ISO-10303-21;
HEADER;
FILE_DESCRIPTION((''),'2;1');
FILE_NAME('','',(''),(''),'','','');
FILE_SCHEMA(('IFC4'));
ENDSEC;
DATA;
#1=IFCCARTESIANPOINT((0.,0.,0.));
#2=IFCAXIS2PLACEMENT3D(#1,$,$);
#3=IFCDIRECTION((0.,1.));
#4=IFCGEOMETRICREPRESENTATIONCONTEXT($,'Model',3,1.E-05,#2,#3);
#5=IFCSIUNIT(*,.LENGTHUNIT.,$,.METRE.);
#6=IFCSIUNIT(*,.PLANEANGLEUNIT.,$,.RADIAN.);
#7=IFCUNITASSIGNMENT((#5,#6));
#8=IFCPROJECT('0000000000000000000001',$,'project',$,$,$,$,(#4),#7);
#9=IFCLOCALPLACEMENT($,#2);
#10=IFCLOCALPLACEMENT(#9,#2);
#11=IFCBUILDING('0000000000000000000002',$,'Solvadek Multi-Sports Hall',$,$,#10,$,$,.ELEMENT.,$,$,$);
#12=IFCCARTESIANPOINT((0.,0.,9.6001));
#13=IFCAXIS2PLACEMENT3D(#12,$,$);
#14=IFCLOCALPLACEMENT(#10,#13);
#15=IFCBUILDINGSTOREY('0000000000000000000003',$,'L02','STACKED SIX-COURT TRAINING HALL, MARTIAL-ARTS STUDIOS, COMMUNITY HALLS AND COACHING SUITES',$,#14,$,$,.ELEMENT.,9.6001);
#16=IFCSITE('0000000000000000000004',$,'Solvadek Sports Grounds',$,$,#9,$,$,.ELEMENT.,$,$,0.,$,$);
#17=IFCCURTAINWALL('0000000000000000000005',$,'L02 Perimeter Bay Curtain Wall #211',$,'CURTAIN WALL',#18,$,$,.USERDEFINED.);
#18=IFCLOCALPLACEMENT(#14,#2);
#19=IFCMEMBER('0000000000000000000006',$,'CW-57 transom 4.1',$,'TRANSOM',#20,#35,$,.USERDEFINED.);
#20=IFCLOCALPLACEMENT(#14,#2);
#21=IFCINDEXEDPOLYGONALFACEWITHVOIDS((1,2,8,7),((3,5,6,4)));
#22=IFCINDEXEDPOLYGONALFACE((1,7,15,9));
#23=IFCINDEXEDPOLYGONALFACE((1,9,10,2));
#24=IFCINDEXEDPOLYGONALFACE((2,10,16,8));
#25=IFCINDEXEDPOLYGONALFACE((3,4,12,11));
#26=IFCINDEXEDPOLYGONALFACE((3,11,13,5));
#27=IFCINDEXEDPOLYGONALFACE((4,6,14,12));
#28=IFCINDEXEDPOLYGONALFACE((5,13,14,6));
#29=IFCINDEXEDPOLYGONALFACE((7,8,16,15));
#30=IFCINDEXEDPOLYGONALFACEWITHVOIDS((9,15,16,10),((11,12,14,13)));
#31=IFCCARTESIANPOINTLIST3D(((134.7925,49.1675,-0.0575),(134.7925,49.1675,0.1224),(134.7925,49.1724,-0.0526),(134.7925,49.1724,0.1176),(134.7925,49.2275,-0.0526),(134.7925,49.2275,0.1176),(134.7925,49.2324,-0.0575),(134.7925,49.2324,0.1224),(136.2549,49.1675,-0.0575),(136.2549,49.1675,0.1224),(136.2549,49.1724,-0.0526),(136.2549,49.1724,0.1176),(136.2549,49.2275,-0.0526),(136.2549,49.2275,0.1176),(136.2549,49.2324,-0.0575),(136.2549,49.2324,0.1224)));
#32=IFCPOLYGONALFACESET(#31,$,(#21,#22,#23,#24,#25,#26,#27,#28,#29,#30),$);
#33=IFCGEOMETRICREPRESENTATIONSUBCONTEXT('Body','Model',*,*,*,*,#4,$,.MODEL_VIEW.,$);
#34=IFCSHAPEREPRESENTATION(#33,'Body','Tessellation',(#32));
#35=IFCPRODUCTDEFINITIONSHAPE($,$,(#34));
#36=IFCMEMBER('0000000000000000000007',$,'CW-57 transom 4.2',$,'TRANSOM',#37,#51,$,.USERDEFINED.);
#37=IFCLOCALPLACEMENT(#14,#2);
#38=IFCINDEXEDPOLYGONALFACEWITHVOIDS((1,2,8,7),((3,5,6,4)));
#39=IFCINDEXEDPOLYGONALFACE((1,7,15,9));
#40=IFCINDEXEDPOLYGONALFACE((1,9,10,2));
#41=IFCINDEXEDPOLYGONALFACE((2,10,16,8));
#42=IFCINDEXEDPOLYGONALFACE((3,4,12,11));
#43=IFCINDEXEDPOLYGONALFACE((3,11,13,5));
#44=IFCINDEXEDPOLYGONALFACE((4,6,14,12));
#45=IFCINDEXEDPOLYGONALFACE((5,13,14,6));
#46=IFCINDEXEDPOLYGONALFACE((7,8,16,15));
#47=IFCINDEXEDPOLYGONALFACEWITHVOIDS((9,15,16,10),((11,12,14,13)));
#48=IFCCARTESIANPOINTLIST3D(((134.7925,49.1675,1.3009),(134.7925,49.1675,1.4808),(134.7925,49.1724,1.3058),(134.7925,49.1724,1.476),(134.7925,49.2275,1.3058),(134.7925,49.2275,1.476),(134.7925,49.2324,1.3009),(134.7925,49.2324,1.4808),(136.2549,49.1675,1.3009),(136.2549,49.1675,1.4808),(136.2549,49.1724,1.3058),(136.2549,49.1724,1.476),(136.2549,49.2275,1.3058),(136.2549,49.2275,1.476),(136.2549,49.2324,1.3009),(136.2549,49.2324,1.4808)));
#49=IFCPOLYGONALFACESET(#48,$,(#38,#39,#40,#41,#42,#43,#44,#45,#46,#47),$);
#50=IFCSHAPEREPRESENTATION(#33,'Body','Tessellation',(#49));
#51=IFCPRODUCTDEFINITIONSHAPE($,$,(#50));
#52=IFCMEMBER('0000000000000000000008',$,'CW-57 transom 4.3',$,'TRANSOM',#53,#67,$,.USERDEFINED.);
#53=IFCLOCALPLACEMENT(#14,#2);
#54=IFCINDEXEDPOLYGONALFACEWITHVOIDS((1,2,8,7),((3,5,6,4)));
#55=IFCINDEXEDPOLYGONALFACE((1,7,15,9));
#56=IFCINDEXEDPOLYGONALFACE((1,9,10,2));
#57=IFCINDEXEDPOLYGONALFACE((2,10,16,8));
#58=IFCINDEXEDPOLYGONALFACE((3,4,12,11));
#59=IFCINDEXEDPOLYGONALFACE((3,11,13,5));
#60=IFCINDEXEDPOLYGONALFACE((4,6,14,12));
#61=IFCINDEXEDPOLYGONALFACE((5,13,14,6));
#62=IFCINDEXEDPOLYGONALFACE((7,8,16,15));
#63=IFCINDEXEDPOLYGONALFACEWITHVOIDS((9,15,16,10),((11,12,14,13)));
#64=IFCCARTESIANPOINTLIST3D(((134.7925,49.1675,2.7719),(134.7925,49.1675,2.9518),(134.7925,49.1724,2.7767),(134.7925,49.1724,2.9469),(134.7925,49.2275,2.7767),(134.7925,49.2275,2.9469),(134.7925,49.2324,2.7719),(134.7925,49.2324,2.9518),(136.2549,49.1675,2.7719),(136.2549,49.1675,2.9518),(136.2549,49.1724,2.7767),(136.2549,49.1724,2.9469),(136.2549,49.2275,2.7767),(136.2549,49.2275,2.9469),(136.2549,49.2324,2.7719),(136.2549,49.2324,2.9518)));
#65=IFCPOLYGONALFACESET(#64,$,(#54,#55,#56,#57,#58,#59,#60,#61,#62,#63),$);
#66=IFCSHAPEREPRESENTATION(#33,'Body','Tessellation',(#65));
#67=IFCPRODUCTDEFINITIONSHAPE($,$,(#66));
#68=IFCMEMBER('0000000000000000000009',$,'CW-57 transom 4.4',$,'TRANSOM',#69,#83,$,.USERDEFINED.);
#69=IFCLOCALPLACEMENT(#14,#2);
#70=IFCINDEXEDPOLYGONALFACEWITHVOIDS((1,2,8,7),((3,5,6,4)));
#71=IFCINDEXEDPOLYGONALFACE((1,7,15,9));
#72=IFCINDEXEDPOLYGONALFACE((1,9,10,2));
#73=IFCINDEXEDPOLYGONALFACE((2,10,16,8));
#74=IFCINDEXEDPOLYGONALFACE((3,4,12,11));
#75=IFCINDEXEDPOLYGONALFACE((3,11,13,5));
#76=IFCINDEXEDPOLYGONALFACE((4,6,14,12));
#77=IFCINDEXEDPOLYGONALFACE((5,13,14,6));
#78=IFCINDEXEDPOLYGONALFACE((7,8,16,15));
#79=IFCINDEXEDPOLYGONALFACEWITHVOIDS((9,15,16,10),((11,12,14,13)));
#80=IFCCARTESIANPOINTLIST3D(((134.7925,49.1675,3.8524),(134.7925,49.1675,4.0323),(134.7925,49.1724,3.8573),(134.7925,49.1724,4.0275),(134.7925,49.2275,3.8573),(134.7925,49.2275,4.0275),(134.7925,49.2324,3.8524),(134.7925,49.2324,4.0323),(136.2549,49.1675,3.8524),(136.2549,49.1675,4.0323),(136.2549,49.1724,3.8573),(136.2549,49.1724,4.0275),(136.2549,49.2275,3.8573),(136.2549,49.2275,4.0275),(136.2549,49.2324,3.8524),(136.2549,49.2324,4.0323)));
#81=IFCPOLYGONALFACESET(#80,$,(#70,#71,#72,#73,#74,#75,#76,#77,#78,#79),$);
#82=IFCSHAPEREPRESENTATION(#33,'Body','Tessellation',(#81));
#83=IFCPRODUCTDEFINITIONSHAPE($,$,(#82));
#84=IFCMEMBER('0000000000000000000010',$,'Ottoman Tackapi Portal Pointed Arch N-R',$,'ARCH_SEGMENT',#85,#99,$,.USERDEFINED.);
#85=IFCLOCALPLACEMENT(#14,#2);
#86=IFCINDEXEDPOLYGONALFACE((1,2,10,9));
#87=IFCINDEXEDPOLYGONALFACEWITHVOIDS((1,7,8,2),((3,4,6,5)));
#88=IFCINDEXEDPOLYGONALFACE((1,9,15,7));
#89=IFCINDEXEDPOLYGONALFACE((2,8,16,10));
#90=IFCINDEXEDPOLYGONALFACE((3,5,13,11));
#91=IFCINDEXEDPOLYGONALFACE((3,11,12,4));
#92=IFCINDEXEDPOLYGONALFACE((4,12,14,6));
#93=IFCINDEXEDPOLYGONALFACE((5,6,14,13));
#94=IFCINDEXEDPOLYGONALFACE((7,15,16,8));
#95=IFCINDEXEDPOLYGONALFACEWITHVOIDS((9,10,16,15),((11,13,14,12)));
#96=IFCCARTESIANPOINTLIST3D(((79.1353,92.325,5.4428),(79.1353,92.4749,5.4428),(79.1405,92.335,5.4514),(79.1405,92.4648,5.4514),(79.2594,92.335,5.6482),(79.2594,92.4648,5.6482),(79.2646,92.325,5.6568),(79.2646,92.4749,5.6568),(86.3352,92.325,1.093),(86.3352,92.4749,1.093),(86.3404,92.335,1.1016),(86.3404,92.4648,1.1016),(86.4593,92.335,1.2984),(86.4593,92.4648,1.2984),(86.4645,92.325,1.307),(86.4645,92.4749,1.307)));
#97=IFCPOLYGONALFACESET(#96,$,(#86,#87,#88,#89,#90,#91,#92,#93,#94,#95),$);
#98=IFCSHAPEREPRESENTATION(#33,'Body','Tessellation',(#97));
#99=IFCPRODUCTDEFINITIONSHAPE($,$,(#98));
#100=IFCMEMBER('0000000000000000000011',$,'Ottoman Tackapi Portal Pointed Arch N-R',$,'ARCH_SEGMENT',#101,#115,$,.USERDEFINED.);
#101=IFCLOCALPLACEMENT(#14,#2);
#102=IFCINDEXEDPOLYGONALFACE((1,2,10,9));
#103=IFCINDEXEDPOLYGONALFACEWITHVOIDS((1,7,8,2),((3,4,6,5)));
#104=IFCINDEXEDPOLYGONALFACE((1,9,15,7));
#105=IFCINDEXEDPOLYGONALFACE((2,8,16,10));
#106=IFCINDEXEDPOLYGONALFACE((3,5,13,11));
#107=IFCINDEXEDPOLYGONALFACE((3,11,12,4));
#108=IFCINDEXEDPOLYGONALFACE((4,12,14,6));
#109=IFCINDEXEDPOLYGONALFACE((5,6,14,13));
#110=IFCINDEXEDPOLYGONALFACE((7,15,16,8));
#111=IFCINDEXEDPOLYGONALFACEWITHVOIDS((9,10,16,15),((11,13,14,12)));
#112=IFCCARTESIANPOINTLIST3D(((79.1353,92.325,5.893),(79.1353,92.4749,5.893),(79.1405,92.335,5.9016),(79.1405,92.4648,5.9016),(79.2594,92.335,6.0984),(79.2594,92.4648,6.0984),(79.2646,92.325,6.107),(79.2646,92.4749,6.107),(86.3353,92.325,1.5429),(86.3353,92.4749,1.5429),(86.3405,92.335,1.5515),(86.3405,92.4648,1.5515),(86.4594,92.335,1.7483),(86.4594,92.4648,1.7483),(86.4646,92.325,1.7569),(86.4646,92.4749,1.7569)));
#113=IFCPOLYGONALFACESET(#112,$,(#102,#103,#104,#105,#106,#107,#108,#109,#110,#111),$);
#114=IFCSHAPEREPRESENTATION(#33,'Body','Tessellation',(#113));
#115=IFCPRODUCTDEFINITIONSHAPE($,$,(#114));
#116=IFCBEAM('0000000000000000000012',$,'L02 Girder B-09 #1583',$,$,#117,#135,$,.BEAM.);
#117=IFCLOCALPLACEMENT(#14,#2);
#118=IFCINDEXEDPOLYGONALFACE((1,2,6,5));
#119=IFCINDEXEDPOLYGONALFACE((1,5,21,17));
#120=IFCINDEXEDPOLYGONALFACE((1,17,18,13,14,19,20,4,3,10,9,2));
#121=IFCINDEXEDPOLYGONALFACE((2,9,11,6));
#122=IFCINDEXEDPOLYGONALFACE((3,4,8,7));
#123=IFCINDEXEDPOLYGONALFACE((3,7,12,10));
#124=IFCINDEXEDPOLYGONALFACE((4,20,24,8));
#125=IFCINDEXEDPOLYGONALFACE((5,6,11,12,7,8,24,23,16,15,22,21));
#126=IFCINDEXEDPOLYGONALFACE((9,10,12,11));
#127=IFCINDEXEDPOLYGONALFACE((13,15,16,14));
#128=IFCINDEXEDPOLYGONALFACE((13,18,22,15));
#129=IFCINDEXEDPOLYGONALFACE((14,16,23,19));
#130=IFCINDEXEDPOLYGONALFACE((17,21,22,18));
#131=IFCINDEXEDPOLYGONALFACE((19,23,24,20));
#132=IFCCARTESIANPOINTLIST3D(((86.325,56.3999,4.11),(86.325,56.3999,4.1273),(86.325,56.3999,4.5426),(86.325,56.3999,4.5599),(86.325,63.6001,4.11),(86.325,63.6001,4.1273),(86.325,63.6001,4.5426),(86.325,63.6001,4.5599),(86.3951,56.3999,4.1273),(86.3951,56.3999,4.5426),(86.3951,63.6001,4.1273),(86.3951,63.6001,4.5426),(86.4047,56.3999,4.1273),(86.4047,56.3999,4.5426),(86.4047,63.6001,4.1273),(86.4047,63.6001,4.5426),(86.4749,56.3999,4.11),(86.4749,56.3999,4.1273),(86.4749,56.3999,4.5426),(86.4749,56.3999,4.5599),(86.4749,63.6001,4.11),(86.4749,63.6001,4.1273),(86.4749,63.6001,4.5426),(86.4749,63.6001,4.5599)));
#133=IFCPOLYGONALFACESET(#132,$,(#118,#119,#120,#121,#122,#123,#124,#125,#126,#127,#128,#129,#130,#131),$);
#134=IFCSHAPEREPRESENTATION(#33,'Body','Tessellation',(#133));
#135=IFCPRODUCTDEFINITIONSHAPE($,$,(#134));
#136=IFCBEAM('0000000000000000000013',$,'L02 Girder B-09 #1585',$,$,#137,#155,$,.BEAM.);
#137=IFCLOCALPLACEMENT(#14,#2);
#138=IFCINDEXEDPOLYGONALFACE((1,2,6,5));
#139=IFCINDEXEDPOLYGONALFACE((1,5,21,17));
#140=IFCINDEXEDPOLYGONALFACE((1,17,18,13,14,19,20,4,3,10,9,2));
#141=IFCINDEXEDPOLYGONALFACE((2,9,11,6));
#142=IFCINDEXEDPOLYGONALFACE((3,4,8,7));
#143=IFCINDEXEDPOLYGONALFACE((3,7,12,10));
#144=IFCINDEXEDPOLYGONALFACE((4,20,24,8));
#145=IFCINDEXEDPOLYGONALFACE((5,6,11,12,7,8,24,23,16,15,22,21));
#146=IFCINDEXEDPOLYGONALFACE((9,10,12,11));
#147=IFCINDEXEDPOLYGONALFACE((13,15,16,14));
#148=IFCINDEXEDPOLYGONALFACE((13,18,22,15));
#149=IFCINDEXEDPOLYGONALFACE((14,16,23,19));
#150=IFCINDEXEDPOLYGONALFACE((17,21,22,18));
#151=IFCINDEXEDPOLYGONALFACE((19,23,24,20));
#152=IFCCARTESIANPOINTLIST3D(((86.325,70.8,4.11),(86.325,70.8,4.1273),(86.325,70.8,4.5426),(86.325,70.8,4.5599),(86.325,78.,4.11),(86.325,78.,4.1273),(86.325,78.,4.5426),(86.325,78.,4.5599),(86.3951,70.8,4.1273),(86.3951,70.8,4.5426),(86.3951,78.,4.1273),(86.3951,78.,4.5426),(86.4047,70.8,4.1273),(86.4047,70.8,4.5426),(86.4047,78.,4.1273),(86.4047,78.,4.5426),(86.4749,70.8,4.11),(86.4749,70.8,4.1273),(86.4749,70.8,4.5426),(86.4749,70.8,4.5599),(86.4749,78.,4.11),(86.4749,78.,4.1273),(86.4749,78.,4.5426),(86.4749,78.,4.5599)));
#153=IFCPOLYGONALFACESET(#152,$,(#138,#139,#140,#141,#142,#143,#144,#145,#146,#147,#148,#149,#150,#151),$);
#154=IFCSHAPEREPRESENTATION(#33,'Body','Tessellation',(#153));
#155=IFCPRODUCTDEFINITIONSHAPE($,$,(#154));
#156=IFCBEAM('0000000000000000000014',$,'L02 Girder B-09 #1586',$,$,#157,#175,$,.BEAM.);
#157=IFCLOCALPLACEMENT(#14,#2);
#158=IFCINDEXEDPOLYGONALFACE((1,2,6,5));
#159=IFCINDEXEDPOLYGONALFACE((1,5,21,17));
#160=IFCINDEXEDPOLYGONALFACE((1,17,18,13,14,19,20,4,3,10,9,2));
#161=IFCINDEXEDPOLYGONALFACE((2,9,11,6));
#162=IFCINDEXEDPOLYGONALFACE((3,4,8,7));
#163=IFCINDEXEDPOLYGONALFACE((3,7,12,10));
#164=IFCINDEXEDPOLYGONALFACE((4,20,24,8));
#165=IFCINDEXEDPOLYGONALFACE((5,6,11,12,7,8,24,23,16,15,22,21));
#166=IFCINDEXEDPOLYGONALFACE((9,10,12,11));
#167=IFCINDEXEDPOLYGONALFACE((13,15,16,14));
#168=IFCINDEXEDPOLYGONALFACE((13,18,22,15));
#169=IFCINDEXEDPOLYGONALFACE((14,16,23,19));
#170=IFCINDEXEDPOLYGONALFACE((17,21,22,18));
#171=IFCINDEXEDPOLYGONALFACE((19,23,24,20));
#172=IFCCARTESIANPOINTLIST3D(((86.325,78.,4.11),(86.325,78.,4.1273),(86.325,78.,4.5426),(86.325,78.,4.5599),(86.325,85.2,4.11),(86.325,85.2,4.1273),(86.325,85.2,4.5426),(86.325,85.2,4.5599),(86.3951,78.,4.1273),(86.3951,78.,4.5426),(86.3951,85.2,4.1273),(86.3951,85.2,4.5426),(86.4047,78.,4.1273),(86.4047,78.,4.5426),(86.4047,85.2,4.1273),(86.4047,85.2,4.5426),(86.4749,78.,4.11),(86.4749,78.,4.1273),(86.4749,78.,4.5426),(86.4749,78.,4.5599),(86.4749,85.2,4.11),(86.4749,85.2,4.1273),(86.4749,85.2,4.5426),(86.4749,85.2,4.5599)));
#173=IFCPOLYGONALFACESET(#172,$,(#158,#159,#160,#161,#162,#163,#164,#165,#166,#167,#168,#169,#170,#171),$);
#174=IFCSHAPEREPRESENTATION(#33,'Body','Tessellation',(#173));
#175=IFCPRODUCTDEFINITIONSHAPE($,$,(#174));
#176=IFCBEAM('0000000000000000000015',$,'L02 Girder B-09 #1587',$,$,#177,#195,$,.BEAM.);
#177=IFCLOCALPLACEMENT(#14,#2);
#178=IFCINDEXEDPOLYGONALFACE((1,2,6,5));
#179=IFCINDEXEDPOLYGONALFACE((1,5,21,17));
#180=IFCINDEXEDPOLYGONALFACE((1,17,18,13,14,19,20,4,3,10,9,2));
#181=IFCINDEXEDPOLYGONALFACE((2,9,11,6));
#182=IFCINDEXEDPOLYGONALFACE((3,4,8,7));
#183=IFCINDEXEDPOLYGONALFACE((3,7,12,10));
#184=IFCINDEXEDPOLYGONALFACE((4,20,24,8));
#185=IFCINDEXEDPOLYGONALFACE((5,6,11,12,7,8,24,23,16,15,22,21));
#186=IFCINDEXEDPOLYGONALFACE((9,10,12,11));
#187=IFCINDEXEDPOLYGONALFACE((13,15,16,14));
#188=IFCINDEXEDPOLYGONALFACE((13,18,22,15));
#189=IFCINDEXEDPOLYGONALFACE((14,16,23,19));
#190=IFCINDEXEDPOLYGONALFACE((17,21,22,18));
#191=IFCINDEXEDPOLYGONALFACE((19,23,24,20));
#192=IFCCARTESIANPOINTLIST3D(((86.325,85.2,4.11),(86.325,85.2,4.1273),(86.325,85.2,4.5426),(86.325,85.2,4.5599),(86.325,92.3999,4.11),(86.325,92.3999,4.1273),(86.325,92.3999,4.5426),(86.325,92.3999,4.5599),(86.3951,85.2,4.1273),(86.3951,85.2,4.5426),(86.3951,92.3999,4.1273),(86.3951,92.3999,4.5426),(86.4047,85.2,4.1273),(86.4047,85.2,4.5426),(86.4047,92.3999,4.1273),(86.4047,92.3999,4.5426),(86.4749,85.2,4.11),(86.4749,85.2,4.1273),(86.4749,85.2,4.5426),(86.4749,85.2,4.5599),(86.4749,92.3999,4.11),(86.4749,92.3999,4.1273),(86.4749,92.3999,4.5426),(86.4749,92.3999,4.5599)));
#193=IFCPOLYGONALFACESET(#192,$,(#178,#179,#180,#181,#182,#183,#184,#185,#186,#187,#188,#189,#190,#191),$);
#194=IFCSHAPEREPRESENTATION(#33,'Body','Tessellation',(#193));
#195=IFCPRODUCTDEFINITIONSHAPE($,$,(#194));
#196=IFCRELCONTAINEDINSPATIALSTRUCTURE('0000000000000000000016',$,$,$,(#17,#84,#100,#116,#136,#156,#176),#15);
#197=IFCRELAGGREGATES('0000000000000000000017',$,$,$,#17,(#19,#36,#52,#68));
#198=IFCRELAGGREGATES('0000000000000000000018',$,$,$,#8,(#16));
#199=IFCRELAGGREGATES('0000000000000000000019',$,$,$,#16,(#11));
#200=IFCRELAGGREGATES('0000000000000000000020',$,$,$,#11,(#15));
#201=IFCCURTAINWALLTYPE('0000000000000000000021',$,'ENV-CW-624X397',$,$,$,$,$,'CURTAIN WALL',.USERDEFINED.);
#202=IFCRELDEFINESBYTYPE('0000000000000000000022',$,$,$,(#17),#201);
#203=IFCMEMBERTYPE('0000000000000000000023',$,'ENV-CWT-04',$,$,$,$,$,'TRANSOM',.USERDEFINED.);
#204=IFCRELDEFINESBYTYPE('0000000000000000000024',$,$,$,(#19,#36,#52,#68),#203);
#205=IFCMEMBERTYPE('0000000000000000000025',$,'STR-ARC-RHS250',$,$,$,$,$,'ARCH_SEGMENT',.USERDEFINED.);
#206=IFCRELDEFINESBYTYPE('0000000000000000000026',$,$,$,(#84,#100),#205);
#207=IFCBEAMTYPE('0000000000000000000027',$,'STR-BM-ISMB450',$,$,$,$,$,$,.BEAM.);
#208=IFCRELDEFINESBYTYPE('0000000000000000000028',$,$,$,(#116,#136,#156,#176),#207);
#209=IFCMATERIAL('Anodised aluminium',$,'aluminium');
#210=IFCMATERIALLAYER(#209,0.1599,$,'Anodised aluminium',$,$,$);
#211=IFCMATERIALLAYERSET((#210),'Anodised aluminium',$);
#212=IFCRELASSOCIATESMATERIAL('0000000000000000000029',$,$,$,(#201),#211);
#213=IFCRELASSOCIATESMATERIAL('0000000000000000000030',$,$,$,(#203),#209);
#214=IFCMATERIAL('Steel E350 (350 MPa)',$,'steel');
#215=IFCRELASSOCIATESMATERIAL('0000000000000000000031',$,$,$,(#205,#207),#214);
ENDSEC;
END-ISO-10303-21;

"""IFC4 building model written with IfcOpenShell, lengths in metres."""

from ifc_helpers import new_model, si_unit, direction, frame, origin, origin_2d, place, context, subcontext, project, spatial, hollow_rectangle, i_section, extrude, material, layer, layer_set, material_profile, profile_set, type_object, element, aggregate, save


model = new_model("IFC4")

# Units and contexts
model_context = context("Model", 3, precision=1e-05, world=origin(), true_north=direction((0.0, 1.0)))
body_context = subcontext(model_context, "Body", "Model", "MODEL_VIEW")
ifc_project = project(units=[si_unit("LENGTHUNIT", "METRE"), si_unit("PLANEANGLEUNIT", "RADIAN")], contexts=[model_context])

# Site, building, storey
site_placement = place(None, origin())
site = spatial("IfcSite", under=ifc_project, at=site_placement, Name="Solvadek Sports Grounds", CompositionType="ELEMENT", RefElevation=0.0)
building_placement = place(site_placement, origin())
building = spatial("IfcBuilding", under=site, at=building_placement, Name="Solvadek Multi-Sports Hall", CompositionType="ELEMENT")
storey_placement = place(building_placement, frame((0.0, 0.0, 9.6001)))
storey = spatial("IfcBuildingStorey", under=building, at=storey_placement, Name="L02", Description="STACKED SIX-COURT TRAINING HALL, MARTIAL-ARTS STUDIOS, COMMUNITY HALLS AND COACHING SUITES", CompositionType="ELEMENT", Elevation=9.6001)

# Shared definitions
ifc_material_1 = material(Name="Steel E350 (350 MPa)", Category="steel")

# Curtain wall, members
ifc_material_2 = material(Name="Anodised aluminium", Category="aluminium")
ifc_layer_1 = layer(ifc_material_2, 0.1599, Name="Anodised aluminium")
ifc_layer_set_1 = layer_set([ifc_layer_1], Name="Anodised aluminium")
curtain_wall_type = type_object("IfcCurtainWallType", Name="ENV-CW-624X397", ElementType="CURTAIN WALL", PredefinedType="USERDEFINED", material=ifc_layer_set_1)
curtain_wall_placement = place(storey_placement, origin())
curtain_wall = element("IfcCurtainWall", 1, at=curtain_wall_placement, inside=storey, type_object=curtain_wall_type, Name="L02 Perimeter Bay Curtain Wall #211", ObjectType="CURTAIN WALL", PredefinedType="USERDEFINED")
ifc_material_profile_1 = material_profile(ifc_material_2, hollow_rectangle(XDim=0.0649, YDim=0.1799, WallThickness=0.0049, at=origin_2d()), Name="ALU-T 180x65x5")
ifc_profile_set_1 = profile_set([ifc_material_profile_1], Name="Anodised aluminium")
member_type_1 = type_object("IfcMemberType", Name="ENV-CWT-04", ElementType="TRANSOM", PredefinedType="USERDEFINED", material=ifc_profile_set_1)
member_1_placement = place(storey_placement, frame((134.7925, 49.2, 0.0325), z_axis=(1.0, 0.0, 0.0), x_axis=(0.0, 1.0, 0.0)))
member_1 = element("IfcMember", 2, at=member_1_placement, type_object=member_type_1, Name="CW-57 transom 4.1", ObjectType="TRANSOM", PredefinedType="USERDEFINED", context=body_context, shape_type="SweptSolid", body=[
    extrude(hollow_rectangle(XDim=0.0649, YDim=0.1799, WallThickness=0.0049, at=origin_2d()), origin(), (0.0, 0.0, 1.0), 1.4624),
])
member_2_placement = place(storey_placement, frame((134.7925, 49.2, 1.3909), z_axis=(1.0, 0.0, 0.0), x_axis=(0.0, 1.0, 0.0)))
member_2 = element("IfcMember", 3, at=member_2_placement, type_object=member_type_1, Name="CW-57 transom 4.2", ObjectType="TRANSOM", PredefinedType="USERDEFINED", context=body_context, shape_type="SweptSolid", body=[
    extrude(hollow_rectangle(XDim=0.0649, YDim=0.1799, WallThickness=0.0049, at=origin_2d()), origin(), (0.0, 0.0, 1.0), 1.4624),
])
member_3_placement = place(storey_placement, frame((134.7925, 49.2, 2.8618), z_axis=(1.0, 0.0, 0.0), x_axis=(0.0, 1.0, 0.0)))
member_3 = element("IfcMember", 4, at=member_3_placement, type_object=member_type_1, Name="CW-57 transom 4.3", ObjectType="TRANSOM", PredefinedType="USERDEFINED", context=body_context, shape_type="SweptSolid", body=[
    extrude(hollow_rectangle(XDim=0.0649, YDim=0.1799, WallThickness=0.0049, at=origin_2d()), origin(), (0.0, 0.0, 1.0), 1.4624),
])
member_4_placement = place(storey_placement, frame((134.7925, 49.2, 3.9424), z_axis=(1.0, 0.0, 0.0), x_axis=(0.0, 1.0, 0.0)))
member_4 = element("IfcMember", 5, at=member_4_placement, type_object=member_type_1, Name="CW-57 transom 4.4", ObjectType="TRANSOM", PredefinedType="USERDEFINED", context=body_context, shape_type="SweptSolid", body=[
    extrude(hollow_rectangle(XDim=0.0649, YDim=0.1799, WallThickness=0.0049, at=origin_2d()), origin(), (0.0, 0.0, 1.0), 1.4624),
])

# Members
ifc_material_profile_2 = material_profile(ifc_material_1, hollow_rectangle(XDim=0.1499, YDim=0.25, WallThickness=0.01, at=origin_2d()), Name="RHS 250x150x10")
ifc_profile_set_2 = profile_set([ifc_material_profile_2], Name="Steel E350 (350 MPa)")
member_type_2 = type_object("IfcMemberType", Name="STR-ARC-RHS250", ElementType="ARCH_SEGMENT", PredefinedType="USERDEFINED", material=ifc_profile_set_2)
member_5_placement = place(storey_placement, frame((79.2, 92.3999, 5.5498), z_axis=(0.855922, 0.0, -0.517105), x_axis=(0.0, 1.0, 0.0)))
element("IfcMember", 6, at=member_5_placement, inside=storey, type_object=member_type_2, Name="Ottoman Tackapi Portal Pointed Arch N-R", ObjectType="ARCH_SEGMENT", PredefinedType="USERDEFINED", context=body_context, shape_type="SweptSolid", body=[
    extrude(hollow_rectangle(XDim=0.1499, YDim=0.25, WallThickness=0.01, at=origin_2d()), origin(), (0.0, 0.0, 1.0), 8.4119),
])
member_6_placement = place(storey_placement, frame((79.2, 92.3999, 6.0), z_axis=(0.855909, 0.0, -0.517127), x_axis=(0.0, 1.0, 0.0)))
element("IfcMember", 7, at=member_6_placement, inside=storey, type_object=member_type_2, Name="Ottoman Tackapi Portal Pointed Arch N-R", ObjectType="ARCH_SEGMENT", PredefinedType="USERDEFINED", context=body_context, shape_type="SweptSolid", body=[
    extrude(hollow_rectangle(XDim=0.1499, YDim=0.25, WallThickness=0.01, at=origin_2d()), origin(), (0.0, 0.0, 1.0), 8.4121),
])

# Beams
ifc_material_profile_3 = material_profile(ifc_material_1, i_section(OverallWidth=0.1499, OverallDepth=0.45, WebThickness=0.0095, FlangeThickness=0.0173, at=origin_2d()), Name="ISMB 450")
ifc_profile_set_3 = profile_set([ifc_material_profile_3], Name="Steel E350 (350 MPa)")
beam_type_1 = type_object("IfcBeamType", Name="STR-BM-ISMB450", PredefinedType="BEAM", material=ifc_profile_set_3)
beam_1_placement = place(storey_placement, frame((86.3999, 56.3999, 4.335), z_axis=(0.0, 1.0, 0.0), x_axis=(-1.0, 0.0, 0.0)))
element("IfcBeam", 8, at=beam_1_placement, inside=storey, type_object=beam_type_1, Name="L02 Girder B-09 #1583", PredefinedType="BEAM", context=body_context, shape_type="SweptSolid", body=[
    extrude(i_section(OverallWidth=0.1499, OverallDepth=0.45, WebThickness=0.0095, FlangeThickness=0.0173, at=origin_2d()), origin(), (0.0, 0.0, 1.0), 7.2002),
])
for number, where, z_axis, x_axis, name in (
    (9, (86.3999, 70.8, 4.335), (0.0, 1.0, 0.0), (-1.0, 0.0, 0.0), "L02 Girder B-09 #1585"),
    (10, (86.3999, 78.0, 4.335), (0.0, 1.0, 0.0), (-1.0, 0.0, 0.0), "L02 Girder B-09 #1586"),
    (11, (86.3999, 85.2, 4.335), (0.0, 1.0, 0.0), (-1.0, 0.0, 0.0), "L02 Girder B-09 #1587"),
):
    element("IfcBeam", number, at=place(storey_placement, frame(where, z_axis=z_axis, x_axis=x_axis)), inside=storey, type_object=beam_type_1, Name=name, PredefinedType="BEAM", context=body_context, shape_type="SweptSolid", body=[
        extrude(i_section(OverallWidth=0.1499, OverallDepth=0.45, WebThickness=0.0095, FlangeThickness=0.0173, at=origin_2d()), origin(), (0.0, 0.0, 1.0), 7.2),
    ])

aggregate(curtain_wall, [member_1, member_2, member_3, member_4])

save(model, "model.ifc")
